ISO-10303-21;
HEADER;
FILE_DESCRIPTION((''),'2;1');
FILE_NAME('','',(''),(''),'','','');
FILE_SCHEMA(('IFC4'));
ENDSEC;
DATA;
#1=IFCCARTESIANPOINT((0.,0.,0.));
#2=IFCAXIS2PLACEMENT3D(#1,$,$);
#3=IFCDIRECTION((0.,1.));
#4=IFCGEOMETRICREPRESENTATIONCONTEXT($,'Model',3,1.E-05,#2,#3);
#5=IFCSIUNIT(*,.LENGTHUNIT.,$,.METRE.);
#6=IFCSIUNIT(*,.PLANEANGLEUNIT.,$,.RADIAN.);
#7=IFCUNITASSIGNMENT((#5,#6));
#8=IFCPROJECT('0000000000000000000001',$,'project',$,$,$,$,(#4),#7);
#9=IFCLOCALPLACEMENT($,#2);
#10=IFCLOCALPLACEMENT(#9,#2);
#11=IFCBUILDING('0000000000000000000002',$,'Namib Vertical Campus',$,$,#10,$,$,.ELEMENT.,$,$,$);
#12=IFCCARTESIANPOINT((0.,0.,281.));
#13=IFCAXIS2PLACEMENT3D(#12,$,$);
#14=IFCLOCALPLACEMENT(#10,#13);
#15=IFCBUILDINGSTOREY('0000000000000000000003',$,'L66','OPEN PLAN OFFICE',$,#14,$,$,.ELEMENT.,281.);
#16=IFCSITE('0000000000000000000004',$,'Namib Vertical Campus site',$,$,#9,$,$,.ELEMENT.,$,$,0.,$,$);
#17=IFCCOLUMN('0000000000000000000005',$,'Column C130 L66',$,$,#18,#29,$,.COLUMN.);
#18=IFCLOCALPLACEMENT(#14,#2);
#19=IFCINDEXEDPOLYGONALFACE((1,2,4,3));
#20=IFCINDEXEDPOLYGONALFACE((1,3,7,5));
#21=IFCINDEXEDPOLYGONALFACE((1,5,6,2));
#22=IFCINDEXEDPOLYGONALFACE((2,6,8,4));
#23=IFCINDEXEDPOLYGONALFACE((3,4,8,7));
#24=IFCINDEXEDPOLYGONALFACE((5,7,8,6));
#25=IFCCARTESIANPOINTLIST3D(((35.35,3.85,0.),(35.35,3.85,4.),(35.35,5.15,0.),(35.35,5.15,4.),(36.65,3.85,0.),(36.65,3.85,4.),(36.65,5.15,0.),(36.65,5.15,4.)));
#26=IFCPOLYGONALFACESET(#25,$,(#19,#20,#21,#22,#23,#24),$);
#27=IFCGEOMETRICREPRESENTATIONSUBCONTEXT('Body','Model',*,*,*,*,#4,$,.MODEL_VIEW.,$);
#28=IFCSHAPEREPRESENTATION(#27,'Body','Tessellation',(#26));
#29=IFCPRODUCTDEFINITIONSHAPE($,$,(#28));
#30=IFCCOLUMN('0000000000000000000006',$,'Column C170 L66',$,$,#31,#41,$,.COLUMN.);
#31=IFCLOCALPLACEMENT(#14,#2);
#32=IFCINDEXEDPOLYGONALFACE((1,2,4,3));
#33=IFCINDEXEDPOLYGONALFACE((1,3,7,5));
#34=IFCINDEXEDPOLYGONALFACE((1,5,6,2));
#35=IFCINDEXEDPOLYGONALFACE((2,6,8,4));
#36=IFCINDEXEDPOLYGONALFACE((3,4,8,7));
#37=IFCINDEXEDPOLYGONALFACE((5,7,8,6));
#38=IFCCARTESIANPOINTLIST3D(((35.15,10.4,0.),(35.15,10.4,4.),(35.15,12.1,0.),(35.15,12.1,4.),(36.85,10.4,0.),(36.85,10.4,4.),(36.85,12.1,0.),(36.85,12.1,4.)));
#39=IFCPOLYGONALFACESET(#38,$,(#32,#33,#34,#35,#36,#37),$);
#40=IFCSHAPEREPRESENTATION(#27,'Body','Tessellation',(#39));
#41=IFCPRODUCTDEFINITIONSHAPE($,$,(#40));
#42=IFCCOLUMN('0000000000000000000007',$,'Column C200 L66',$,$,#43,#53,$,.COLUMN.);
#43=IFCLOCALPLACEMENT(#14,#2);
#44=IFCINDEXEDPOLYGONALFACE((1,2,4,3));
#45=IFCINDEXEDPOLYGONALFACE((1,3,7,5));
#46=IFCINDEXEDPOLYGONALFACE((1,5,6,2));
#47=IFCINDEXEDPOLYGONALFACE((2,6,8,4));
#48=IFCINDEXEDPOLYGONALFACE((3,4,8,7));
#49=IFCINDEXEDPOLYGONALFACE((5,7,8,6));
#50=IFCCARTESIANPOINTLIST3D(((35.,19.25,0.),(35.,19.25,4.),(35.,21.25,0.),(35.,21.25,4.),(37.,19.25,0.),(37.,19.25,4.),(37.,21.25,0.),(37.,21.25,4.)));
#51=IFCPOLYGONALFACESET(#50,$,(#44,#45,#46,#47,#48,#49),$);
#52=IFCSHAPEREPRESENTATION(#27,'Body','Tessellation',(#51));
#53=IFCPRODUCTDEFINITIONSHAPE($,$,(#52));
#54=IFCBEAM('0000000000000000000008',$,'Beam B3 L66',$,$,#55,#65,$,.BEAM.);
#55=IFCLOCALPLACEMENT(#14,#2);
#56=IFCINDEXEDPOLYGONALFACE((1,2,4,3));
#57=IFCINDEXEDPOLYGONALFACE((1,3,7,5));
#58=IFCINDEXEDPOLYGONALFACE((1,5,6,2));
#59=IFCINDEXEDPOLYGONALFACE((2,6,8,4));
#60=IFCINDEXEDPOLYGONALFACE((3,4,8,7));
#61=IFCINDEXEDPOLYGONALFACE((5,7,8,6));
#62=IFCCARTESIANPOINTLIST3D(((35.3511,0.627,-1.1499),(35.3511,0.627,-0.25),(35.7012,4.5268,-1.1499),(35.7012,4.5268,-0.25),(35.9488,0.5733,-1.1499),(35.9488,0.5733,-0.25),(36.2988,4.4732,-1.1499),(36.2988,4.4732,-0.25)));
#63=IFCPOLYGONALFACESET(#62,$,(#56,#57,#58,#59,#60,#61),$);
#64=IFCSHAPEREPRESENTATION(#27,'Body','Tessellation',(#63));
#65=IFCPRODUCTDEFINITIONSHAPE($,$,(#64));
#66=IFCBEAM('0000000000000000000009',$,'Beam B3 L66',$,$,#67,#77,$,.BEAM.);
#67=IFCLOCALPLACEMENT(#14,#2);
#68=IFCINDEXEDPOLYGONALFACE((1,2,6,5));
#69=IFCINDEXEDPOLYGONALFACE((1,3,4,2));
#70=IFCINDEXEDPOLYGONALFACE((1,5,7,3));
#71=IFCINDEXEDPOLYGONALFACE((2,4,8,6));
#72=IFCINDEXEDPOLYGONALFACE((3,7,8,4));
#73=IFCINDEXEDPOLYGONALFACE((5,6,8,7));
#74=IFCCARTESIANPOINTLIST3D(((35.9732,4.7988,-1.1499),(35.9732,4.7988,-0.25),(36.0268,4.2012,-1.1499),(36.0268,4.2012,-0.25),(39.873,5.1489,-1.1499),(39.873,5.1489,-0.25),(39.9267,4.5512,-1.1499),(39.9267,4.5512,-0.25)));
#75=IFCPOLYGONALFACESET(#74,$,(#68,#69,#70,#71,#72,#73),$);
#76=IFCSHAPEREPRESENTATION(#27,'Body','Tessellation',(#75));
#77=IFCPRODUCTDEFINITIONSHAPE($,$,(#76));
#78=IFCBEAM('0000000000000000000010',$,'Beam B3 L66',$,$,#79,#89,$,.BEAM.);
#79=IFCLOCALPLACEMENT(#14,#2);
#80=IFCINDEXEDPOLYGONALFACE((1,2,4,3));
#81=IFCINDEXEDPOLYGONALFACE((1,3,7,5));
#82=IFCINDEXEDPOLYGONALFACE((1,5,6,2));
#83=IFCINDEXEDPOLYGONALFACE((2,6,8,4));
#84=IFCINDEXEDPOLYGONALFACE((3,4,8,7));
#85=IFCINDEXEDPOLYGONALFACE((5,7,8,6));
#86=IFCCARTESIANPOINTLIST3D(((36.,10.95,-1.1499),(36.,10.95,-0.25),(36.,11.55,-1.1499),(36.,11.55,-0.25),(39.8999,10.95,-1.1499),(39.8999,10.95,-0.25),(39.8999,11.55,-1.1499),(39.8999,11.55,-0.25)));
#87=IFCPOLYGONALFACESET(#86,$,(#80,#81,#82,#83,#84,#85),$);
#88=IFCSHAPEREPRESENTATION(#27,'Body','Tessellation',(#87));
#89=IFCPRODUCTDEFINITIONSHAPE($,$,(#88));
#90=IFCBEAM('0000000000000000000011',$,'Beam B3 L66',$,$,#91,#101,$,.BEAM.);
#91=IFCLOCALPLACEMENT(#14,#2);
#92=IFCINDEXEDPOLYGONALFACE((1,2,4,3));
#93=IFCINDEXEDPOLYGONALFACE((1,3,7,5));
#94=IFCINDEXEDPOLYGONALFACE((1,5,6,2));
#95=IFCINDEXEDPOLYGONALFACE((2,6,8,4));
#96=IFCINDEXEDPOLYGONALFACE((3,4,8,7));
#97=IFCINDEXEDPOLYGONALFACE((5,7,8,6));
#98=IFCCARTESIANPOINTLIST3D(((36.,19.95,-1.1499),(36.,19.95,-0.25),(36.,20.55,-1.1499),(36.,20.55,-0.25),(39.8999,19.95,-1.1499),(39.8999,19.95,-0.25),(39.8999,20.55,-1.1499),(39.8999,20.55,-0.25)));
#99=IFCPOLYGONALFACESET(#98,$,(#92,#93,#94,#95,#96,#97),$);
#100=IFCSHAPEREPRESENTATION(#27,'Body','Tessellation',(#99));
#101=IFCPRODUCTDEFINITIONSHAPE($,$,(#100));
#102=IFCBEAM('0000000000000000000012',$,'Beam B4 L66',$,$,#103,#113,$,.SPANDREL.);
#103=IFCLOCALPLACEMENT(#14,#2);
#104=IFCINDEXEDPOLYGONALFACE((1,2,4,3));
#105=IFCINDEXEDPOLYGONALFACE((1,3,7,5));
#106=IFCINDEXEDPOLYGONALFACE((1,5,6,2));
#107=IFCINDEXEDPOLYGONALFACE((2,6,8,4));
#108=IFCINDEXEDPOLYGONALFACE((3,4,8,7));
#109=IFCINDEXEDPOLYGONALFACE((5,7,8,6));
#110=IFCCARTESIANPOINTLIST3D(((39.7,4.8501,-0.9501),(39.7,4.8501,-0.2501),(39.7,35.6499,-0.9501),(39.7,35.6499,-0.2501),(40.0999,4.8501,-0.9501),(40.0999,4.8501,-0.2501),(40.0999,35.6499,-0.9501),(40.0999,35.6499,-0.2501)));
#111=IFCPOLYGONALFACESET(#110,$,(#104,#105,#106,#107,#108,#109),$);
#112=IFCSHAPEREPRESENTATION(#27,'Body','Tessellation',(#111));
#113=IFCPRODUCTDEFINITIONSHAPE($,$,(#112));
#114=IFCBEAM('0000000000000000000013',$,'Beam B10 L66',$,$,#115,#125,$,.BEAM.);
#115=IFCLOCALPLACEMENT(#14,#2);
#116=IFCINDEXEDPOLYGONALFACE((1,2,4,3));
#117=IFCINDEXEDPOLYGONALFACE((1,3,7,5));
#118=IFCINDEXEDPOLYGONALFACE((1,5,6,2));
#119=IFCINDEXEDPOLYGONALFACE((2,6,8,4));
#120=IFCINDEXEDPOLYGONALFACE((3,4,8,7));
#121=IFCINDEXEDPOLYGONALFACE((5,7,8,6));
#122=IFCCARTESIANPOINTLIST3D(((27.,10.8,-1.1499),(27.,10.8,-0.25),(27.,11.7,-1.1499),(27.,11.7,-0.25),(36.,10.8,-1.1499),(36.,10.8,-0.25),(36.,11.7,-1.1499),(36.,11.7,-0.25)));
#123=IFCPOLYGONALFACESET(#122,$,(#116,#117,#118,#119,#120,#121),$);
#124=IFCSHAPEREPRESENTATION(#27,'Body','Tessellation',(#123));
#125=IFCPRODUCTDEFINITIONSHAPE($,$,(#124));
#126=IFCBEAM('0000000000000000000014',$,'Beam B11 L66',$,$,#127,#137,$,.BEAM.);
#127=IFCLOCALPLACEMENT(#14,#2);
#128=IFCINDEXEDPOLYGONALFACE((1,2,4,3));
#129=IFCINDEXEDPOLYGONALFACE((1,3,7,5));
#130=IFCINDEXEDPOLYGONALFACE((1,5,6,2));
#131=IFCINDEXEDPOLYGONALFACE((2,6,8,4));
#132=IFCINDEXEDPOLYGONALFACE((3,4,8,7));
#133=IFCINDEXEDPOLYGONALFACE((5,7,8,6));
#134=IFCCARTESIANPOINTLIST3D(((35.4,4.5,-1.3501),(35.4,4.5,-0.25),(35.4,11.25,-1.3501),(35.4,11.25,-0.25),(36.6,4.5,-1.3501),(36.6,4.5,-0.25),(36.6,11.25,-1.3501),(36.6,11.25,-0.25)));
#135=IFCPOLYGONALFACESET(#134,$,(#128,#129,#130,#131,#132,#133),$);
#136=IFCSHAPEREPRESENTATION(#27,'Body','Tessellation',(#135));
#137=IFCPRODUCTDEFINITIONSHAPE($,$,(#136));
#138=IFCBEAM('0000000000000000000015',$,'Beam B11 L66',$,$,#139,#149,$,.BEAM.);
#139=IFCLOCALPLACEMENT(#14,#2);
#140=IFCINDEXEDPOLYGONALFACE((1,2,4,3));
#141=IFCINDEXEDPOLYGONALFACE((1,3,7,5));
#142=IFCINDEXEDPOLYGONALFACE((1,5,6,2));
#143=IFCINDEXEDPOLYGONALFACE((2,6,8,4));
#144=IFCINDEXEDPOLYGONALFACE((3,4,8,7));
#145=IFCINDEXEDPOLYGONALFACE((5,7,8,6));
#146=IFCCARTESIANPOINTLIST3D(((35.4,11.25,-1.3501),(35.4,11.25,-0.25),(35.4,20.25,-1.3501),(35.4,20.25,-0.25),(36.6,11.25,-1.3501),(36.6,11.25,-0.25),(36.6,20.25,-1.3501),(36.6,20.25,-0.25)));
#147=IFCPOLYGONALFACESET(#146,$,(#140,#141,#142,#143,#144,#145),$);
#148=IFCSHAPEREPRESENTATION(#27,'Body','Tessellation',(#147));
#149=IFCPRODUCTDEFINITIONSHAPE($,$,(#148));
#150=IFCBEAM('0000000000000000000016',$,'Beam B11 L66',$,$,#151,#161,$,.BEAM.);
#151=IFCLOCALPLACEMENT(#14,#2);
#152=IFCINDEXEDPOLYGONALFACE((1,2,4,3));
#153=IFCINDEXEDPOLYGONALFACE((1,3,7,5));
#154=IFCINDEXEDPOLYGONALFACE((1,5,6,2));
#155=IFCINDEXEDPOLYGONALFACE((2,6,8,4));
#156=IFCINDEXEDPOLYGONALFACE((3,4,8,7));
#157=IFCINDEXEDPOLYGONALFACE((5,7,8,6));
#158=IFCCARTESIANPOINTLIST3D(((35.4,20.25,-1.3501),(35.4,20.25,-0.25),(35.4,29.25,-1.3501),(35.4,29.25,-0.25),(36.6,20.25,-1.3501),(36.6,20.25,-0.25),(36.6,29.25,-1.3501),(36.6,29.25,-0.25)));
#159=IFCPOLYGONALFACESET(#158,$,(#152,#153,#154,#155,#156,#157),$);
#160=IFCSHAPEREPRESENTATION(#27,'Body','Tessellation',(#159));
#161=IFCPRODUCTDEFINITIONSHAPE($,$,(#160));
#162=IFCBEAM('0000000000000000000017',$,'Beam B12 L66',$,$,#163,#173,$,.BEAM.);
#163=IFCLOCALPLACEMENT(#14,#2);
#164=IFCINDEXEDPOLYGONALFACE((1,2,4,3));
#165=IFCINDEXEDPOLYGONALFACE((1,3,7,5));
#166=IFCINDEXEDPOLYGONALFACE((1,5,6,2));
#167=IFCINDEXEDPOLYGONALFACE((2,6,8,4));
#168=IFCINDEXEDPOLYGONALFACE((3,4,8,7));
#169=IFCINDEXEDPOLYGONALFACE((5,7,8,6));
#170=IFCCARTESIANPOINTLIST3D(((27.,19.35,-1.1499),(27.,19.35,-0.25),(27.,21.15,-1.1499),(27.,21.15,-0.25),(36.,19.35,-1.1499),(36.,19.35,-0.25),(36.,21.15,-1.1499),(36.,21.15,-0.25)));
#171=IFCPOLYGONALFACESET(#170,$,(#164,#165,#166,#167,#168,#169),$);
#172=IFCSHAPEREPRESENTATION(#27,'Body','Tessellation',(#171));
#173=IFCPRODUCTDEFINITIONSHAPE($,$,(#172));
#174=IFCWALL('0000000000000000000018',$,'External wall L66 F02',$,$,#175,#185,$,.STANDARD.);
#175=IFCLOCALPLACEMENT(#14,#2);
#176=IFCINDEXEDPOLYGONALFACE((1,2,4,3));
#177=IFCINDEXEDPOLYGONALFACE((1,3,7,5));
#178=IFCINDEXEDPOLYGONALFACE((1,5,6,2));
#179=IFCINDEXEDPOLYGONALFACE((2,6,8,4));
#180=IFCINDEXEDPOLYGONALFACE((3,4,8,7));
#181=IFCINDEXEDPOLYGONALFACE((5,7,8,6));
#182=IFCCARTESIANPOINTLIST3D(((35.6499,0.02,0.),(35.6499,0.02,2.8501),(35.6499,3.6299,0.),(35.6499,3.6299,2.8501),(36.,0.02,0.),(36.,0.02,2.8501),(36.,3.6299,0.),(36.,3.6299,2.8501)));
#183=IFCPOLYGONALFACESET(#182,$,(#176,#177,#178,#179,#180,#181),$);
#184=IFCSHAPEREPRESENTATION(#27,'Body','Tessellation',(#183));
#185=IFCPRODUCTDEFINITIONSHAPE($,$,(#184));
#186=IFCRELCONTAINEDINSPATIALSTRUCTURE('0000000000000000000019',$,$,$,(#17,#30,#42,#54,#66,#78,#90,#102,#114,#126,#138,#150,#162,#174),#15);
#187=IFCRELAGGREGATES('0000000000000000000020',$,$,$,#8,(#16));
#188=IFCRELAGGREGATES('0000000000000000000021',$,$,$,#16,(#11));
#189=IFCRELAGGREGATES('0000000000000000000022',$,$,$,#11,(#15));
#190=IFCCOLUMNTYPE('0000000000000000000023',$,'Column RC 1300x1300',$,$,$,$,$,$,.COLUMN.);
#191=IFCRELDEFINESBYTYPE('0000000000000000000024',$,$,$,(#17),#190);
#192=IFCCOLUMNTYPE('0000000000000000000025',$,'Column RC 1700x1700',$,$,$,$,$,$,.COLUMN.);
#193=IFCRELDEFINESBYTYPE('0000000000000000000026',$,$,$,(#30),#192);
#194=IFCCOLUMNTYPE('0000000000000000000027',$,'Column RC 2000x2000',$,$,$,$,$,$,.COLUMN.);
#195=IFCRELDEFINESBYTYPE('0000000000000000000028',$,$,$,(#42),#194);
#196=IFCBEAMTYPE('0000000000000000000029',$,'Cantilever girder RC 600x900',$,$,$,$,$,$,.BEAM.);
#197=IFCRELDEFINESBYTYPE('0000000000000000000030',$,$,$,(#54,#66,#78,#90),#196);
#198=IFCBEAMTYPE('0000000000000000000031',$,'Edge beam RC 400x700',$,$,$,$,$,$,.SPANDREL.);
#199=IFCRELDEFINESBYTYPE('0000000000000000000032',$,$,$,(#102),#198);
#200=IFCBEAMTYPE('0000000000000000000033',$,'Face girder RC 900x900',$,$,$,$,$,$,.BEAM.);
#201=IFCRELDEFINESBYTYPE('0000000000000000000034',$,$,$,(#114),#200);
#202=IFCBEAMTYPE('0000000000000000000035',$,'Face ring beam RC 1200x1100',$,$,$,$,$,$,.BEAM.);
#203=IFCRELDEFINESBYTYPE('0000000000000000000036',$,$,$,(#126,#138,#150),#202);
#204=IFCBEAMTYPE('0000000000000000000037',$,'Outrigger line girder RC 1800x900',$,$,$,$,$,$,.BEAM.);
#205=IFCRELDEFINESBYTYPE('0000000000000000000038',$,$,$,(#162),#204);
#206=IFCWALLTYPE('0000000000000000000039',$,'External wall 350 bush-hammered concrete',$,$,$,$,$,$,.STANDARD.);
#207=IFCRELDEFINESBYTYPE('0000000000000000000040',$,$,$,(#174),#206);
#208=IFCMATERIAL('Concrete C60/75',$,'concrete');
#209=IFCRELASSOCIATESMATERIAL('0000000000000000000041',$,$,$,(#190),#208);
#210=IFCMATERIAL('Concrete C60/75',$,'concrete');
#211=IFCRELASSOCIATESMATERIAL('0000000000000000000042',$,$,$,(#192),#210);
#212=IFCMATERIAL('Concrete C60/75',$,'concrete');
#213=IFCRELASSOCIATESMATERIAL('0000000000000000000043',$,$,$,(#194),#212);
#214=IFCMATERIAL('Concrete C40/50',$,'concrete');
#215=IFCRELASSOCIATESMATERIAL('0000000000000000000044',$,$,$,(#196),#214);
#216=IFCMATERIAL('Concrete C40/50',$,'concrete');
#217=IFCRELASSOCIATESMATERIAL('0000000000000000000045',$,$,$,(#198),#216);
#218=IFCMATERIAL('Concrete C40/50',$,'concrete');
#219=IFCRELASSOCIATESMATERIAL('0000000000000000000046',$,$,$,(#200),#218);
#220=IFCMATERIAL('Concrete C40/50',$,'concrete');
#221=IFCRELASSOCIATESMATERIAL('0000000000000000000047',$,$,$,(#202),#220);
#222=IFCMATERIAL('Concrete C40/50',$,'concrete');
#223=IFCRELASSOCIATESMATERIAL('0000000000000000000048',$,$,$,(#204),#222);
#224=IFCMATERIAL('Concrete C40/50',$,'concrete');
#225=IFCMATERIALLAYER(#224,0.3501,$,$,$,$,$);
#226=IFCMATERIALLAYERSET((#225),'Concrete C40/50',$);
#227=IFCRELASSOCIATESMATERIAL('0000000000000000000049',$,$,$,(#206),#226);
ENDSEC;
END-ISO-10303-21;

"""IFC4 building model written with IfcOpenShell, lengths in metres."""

from ifc_helpers import new_model, si_unit, direction, frame, frame_2d, origin, origin_2d, place, context, subcontext, project, spatial, rectangle, extrude, material, layer, layer_set, material_profile, profile_set, type_object, element, save


model = new_model("IFC4")

# Units and contexts
model_context = context("Model", 3, precision=1e-05, world=origin(), true_north=direction((0.0, 1.0)))
body_context = subcontext(model_context, "Body", "Model", "MODEL_VIEW")
ifc_project = project(units=[si_unit("LENGTHUNIT", "METRE"), si_unit("PLANEANGLEUNIT", "RADIAN")], contexts=[model_context])

# Site, building, storey
site_placement = place(None, origin())
site = spatial("IfcSite", under=ifc_project, at=site_placement, Name="Namib Vertical Campus site", CompositionType="ELEMENT", RefElevation=0.0)
building_placement = place(site_placement, origin())
building = spatial("IfcBuilding", under=site, at=building_placement, Name="Namib Vertical Campus", CompositionType="ELEMENT")
storey_placement = place(building_placement, frame((0.0, 0.0, 281.0)))
storey = spatial("IfcBuildingStorey", under=building, at=storey_placement, Name="L66", Description="OPEN PLAN OFFICE", CompositionType="ELEMENT", Elevation=281.0)

# Columns
ifc_material_1 = material(Name="Concrete C60/75", Category="concrete")
ifc_material_profile_1 = material_profile(ifc_material_1, rectangle(XDim=1.3, YDim=1.3, at=origin_2d()))
ifc_profile_set_1 = profile_set([ifc_material_profile_1], Name="Concrete C60/75")
column_type_1 = type_object("IfcColumnType", Name="Column RC 1300x1300", PredefinedType="COLUMN", material=ifc_profile_set_1)
column_1_placement = place(storey_placement, frame((36.0, 4.5, 0.0), z_axis=(0.0, 0.0, 1.0), x_axis=(1.0, 0.0, 0.0)))
element("IfcColumn", 1, at=column_1_placement, inside=storey, type_object=column_type_1, Name="Column C130 L66", PredefinedType="COLUMN", context=body_context, shape_type="SweptSolid", body=[
    extrude(rectangle(XDim=1.3, YDim=1.3, at=origin_2d()), origin(), (0.0, 0.0, 1.0), 4.0),
])
ifc_material_2 = material(Name="Concrete C60/75", Category="concrete")
ifc_material_profile_2 = material_profile(ifc_material_2, rectangle(XDim=1.7, YDim=1.7, at=origin_2d()))
ifc_profile_set_2 = profile_set([ifc_material_profile_2], Name="Concrete C60/75")
column_type_2 = type_object("IfcColumnType", Name="Column RC 1700x1700", PredefinedType="COLUMN", material=ifc_profile_set_2)
column_2_placement = place(storey_placement, frame((36.0, 11.25, 0.0), z_axis=(0.0, 0.0, 1.0), x_axis=(1.0, 0.0, 0.0)))
element("IfcColumn", 2, at=column_2_placement, inside=storey, type_object=column_type_2, Name="Column C170 L66", PredefinedType="COLUMN", context=body_context, shape_type="SweptSolid", body=[
    extrude(rectangle(XDim=1.7, YDim=1.7, at=origin_2d()), origin(), (0.0, 0.0, 1.0), 4.0),
])
ifc_material_3 = material(Name="Concrete C60/75", Category="concrete")
ifc_material_profile_3 = material_profile(ifc_material_3, rectangle(XDim=2.0, YDim=2.0, at=origin_2d()))
ifc_profile_set_3 = profile_set([ifc_material_profile_3], Name="Concrete C60/75")
column_type_3 = type_object("IfcColumnType", Name="Column RC 2000x2000", PredefinedType="COLUMN", material=ifc_profile_set_3)
column_3_placement = place(storey_placement, frame((36.0, 20.25, 0.0), z_axis=(0.0, 0.0, 1.0), x_axis=(1.0, 0.0, 0.0)))
element("IfcColumn", 3, at=column_3_placement, inside=storey, type_object=column_type_3, Name="Column C200 L66", PredefinedType="COLUMN", context=body_context, shape_type="SweptSolid", body=[
    extrude(rectangle(XDim=2.0, YDim=2.0, at=origin_2d()), origin(), (0.0, 0.0, 1.0), 4.0),
])

# Beams
ifc_material_4 = material(Name="Concrete C40/50", Category="concrete")
ifc_material_profile_4 = material_profile(ifc_material_4, rectangle(XDim=0.6001, YDim=0.8999, at=origin_2d()))
ifc_profile_set_4 = profile_set([ifc_material_profile_4], Name="Concrete C40/50")
beam_type_1 = type_object("IfcBeamType", Name="Cantilever girder RC 600x900", PredefinedType="BEAM", material=ifc_profile_set_4)
for number, where, z_axis, x_axis, name in (
    (4, (36.0, 4.5, -0.7), (-0.089411, -0.995995, 0.0), (0.995995, -0.089411, 0.0), "Beam B3 L66"),
    (5, (36.0, 4.5, -0.7), (0.995995, 0.089411, 0.0), (-0.089411, 0.995995, 0.0), "Beam B3 L66"),
):
    element("IfcBeam", number, at=place(storey_placement, frame(where, z_axis=z_axis, x_axis=x_axis)), inside=storey, type_object=beam_type_1, Name=name, PredefinedType="BEAM", context=body_context, shape_type="SweptSolid", body=[
        extrude(rectangle(XDim=0.6001, YDim=0.8999, at=origin_2d()), origin(), (0.0, 0.0, 1.0), 3.9155),
    ])
for number, where, z_axis, x_axis, name in (
    (6, (36.0, 11.25, -0.7), (1.0, 0.0, 0.0), (0.0, 1.0, 0.0), "Beam B3 L66"),
    (7, (36.0, 20.25, -0.7), (1.0, 0.0, 0.0), (0.0, 1.0, 0.0), "Beam B3 L66"),
):
    element("IfcBeam", number, at=place(storey_placement, frame(where, z_axis=z_axis, x_axis=x_axis)), inside=storey, type_object=beam_type_1, Name=name, PredefinedType="BEAM", context=body_context, shape_type="SweptSolid", body=[
        extrude(rectangle(XDim=0.6001, YDim=0.8999, at=origin_2d()), origin(), (0.0, 0.0, 1.0), 3.8999),
    ])
ifc_material_5 = material(Name="Concrete C40/50", Category="concrete")
ifc_material_profile_5 = material_profile(ifc_material_5, rectangle(XDim=0.3999, YDim=0.7, at=origin_2d()))
ifc_profile_set_5 = profile_set([ifc_material_profile_5], Name="Concrete C40/50")
beam_type_2 = type_object("IfcBeamType", Name="Edge beam RC 400x700", PredefinedType="SPANDREL", material=ifc_profile_set_5)
beam_1_placement = place(storey_placement, frame((39.8999, 4.8501, -0.6001), z_axis=(0.0, 1.0, 0.0), x_axis=(-1.0, 0.0, 0.0)))
element("IfcBeam", 8, at=beam_1_placement, inside=storey, type_object=beam_type_2, Name="Beam B4 L66", PredefinedType="SPANDREL", context=body_context, shape_type="SweptSolid", body=[
    extrude(rectangle(XDim=0.3999, YDim=0.7, at=origin_2d()), origin(), (0.0, 0.0, 1.0), 30.7998),
])
ifc_material_6 = material(Name="Concrete C40/50", Category="concrete")
ifc_material_profile_6 = material_profile(ifc_material_6, rectangle(XDim=0.8999, YDim=0.8999, at=origin_2d()))
ifc_profile_set_6 = profile_set([ifc_material_profile_6], Name="Concrete C40/50")
beam_type_3 = type_object("IfcBeamType", Name="Face girder RC 900x900", PredefinedType="BEAM", material=ifc_profile_set_6)
beam_2_placement = place(storey_placement, frame((36.0, 11.25, -0.7), z_axis=(-1.0, 0.0, 0.0), x_axis=(0.0, -1.0, 0.0)))
element("IfcBeam", 9, at=beam_2_placement, inside=storey, type_object=beam_type_3, Name="Beam B10 L66", PredefinedType="BEAM", context=body_context, shape_type="SweptSolid", body=[
    extrude(rectangle(XDim=0.8999, YDim=0.8999, at=origin_2d()), origin(), (0.0, 0.0, 1.0), 9.0),
])
ifc_material_7 = material(Name="Concrete C40/50", Category="concrete")
ifc_material_profile_7 = material_profile(ifc_material_7, rectangle(XDim=1.2, YDim=1.1001, at=origin_2d()))
ifc_profile_set_7 = profile_set([ifc_material_profile_7], Name="Concrete C40/50")
beam_type_4 = type_object("IfcBeamType", Name="Face ring beam RC 1200x1100", PredefinedType="BEAM", material=ifc_profile_set_7)
beam_3_placement = place(storey_placement, frame((36.0, 4.5, -0.8), z_axis=(0.0, 1.0, 0.0), x_axis=(-1.0, 0.0, 0.0)))
element("IfcBeam", 10, at=beam_3_placement, inside=storey, type_object=beam_type_4, Name="Beam B11 L66", PredefinedType="BEAM", context=body_context, shape_type="SweptSolid", body=[
    extrude(rectangle(XDim=1.2, YDim=1.1001, at=origin_2d()), origin(), (0.0, 0.0, 1.0), 6.75),
])
for number, where, z_axis, x_axis, name in (
    (11, (36.0, 11.25, -0.8), (0.0, 1.0, 0.0), (-1.0, 0.0, 0.0), "Beam B11 L66"),
    (12, (36.0, 20.25, -0.8), (0.0, 1.0, 0.0), (-1.0, 0.0, 0.0), "Beam B11 L66"),
):
    element("IfcBeam", number, at=place(storey_placement, frame(where, z_axis=z_axis, x_axis=x_axis)), inside=storey, type_object=beam_type_4, Name=name, PredefinedType="BEAM", context=body_context, shape_type="SweptSolid", body=[
        extrude(rectangle(XDim=1.2, YDim=1.1001, at=origin_2d()), origin(), (0.0, 0.0, 1.0), 9.0),
    ])
ifc_material_8 = material(Name="Concrete C40/50", Category="concrete")
ifc_material_profile_8 = material_profile(ifc_material_8, rectangle(XDim=1.8, YDim=0.8999, at=origin_2d()))
ifc_profile_set_8 = profile_set([ifc_material_profile_8], Name="Concrete C40/50")
beam_type_5 = type_object("IfcBeamType", Name="Outrigger line girder RC 1800x900", PredefinedType="BEAM", material=ifc_profile_set_8)
beam_4_placement = place(storey_placement, frame((36.0, 20.25, -0.7), z_axis=(-1.0, 0.0, 0.0), x_axis=(0.0, -1.0, 0.0)))
element("IfcBeam", 13, at=beam_4_placement, inside=storey, type_object=beam_type_5, Name="Beam B12 L66", PredefinedType="BEAM", context=body_context, shape_type="SweptSolid", body=[
    extrude(rectangle(XDim=1.8, YDim=0.8999, at=origin_2d()), origin(), (0.0, 0.0, 1.0), 9.0),
])

# Wall
ifc_material_9 = material(Name="Concrete C40/50", Category="concrete")
ifc_layer_1 = layer(ifc_material_9, 0.3501)
ifc_layer_set_1 = layer_set([ifc_layer_1], Name="Concrete C40/50")
wall_type = type_object("IfcWallType", Name="External wall 350 bush-hammered concrete", PredefinedType="STANDARD", material=ifc_layer_set_1)
wall_1_placement = place(storey_placement, frame((35.825, 0.02, 0.0), z_axis=(0.0, 0.0, 1.0), x_axis=(0.0, 1.0, 0.0)))
element("IfcWall", 14, at=wall_1_placement, inside=storey, type_object=wall_type, Name="External wall L66 F02", PredefinedType="STANDARD", context=body_context, shape_type="SweptSolid", body=[
    extrude(rectangle(XDim=3.6099, YDim=0.3501, at=frame_2d((1.8049, 0.0))), origin(), (0.0, 0.0, 1.0), 2.8501),
])

save(model, "model.ifc")
